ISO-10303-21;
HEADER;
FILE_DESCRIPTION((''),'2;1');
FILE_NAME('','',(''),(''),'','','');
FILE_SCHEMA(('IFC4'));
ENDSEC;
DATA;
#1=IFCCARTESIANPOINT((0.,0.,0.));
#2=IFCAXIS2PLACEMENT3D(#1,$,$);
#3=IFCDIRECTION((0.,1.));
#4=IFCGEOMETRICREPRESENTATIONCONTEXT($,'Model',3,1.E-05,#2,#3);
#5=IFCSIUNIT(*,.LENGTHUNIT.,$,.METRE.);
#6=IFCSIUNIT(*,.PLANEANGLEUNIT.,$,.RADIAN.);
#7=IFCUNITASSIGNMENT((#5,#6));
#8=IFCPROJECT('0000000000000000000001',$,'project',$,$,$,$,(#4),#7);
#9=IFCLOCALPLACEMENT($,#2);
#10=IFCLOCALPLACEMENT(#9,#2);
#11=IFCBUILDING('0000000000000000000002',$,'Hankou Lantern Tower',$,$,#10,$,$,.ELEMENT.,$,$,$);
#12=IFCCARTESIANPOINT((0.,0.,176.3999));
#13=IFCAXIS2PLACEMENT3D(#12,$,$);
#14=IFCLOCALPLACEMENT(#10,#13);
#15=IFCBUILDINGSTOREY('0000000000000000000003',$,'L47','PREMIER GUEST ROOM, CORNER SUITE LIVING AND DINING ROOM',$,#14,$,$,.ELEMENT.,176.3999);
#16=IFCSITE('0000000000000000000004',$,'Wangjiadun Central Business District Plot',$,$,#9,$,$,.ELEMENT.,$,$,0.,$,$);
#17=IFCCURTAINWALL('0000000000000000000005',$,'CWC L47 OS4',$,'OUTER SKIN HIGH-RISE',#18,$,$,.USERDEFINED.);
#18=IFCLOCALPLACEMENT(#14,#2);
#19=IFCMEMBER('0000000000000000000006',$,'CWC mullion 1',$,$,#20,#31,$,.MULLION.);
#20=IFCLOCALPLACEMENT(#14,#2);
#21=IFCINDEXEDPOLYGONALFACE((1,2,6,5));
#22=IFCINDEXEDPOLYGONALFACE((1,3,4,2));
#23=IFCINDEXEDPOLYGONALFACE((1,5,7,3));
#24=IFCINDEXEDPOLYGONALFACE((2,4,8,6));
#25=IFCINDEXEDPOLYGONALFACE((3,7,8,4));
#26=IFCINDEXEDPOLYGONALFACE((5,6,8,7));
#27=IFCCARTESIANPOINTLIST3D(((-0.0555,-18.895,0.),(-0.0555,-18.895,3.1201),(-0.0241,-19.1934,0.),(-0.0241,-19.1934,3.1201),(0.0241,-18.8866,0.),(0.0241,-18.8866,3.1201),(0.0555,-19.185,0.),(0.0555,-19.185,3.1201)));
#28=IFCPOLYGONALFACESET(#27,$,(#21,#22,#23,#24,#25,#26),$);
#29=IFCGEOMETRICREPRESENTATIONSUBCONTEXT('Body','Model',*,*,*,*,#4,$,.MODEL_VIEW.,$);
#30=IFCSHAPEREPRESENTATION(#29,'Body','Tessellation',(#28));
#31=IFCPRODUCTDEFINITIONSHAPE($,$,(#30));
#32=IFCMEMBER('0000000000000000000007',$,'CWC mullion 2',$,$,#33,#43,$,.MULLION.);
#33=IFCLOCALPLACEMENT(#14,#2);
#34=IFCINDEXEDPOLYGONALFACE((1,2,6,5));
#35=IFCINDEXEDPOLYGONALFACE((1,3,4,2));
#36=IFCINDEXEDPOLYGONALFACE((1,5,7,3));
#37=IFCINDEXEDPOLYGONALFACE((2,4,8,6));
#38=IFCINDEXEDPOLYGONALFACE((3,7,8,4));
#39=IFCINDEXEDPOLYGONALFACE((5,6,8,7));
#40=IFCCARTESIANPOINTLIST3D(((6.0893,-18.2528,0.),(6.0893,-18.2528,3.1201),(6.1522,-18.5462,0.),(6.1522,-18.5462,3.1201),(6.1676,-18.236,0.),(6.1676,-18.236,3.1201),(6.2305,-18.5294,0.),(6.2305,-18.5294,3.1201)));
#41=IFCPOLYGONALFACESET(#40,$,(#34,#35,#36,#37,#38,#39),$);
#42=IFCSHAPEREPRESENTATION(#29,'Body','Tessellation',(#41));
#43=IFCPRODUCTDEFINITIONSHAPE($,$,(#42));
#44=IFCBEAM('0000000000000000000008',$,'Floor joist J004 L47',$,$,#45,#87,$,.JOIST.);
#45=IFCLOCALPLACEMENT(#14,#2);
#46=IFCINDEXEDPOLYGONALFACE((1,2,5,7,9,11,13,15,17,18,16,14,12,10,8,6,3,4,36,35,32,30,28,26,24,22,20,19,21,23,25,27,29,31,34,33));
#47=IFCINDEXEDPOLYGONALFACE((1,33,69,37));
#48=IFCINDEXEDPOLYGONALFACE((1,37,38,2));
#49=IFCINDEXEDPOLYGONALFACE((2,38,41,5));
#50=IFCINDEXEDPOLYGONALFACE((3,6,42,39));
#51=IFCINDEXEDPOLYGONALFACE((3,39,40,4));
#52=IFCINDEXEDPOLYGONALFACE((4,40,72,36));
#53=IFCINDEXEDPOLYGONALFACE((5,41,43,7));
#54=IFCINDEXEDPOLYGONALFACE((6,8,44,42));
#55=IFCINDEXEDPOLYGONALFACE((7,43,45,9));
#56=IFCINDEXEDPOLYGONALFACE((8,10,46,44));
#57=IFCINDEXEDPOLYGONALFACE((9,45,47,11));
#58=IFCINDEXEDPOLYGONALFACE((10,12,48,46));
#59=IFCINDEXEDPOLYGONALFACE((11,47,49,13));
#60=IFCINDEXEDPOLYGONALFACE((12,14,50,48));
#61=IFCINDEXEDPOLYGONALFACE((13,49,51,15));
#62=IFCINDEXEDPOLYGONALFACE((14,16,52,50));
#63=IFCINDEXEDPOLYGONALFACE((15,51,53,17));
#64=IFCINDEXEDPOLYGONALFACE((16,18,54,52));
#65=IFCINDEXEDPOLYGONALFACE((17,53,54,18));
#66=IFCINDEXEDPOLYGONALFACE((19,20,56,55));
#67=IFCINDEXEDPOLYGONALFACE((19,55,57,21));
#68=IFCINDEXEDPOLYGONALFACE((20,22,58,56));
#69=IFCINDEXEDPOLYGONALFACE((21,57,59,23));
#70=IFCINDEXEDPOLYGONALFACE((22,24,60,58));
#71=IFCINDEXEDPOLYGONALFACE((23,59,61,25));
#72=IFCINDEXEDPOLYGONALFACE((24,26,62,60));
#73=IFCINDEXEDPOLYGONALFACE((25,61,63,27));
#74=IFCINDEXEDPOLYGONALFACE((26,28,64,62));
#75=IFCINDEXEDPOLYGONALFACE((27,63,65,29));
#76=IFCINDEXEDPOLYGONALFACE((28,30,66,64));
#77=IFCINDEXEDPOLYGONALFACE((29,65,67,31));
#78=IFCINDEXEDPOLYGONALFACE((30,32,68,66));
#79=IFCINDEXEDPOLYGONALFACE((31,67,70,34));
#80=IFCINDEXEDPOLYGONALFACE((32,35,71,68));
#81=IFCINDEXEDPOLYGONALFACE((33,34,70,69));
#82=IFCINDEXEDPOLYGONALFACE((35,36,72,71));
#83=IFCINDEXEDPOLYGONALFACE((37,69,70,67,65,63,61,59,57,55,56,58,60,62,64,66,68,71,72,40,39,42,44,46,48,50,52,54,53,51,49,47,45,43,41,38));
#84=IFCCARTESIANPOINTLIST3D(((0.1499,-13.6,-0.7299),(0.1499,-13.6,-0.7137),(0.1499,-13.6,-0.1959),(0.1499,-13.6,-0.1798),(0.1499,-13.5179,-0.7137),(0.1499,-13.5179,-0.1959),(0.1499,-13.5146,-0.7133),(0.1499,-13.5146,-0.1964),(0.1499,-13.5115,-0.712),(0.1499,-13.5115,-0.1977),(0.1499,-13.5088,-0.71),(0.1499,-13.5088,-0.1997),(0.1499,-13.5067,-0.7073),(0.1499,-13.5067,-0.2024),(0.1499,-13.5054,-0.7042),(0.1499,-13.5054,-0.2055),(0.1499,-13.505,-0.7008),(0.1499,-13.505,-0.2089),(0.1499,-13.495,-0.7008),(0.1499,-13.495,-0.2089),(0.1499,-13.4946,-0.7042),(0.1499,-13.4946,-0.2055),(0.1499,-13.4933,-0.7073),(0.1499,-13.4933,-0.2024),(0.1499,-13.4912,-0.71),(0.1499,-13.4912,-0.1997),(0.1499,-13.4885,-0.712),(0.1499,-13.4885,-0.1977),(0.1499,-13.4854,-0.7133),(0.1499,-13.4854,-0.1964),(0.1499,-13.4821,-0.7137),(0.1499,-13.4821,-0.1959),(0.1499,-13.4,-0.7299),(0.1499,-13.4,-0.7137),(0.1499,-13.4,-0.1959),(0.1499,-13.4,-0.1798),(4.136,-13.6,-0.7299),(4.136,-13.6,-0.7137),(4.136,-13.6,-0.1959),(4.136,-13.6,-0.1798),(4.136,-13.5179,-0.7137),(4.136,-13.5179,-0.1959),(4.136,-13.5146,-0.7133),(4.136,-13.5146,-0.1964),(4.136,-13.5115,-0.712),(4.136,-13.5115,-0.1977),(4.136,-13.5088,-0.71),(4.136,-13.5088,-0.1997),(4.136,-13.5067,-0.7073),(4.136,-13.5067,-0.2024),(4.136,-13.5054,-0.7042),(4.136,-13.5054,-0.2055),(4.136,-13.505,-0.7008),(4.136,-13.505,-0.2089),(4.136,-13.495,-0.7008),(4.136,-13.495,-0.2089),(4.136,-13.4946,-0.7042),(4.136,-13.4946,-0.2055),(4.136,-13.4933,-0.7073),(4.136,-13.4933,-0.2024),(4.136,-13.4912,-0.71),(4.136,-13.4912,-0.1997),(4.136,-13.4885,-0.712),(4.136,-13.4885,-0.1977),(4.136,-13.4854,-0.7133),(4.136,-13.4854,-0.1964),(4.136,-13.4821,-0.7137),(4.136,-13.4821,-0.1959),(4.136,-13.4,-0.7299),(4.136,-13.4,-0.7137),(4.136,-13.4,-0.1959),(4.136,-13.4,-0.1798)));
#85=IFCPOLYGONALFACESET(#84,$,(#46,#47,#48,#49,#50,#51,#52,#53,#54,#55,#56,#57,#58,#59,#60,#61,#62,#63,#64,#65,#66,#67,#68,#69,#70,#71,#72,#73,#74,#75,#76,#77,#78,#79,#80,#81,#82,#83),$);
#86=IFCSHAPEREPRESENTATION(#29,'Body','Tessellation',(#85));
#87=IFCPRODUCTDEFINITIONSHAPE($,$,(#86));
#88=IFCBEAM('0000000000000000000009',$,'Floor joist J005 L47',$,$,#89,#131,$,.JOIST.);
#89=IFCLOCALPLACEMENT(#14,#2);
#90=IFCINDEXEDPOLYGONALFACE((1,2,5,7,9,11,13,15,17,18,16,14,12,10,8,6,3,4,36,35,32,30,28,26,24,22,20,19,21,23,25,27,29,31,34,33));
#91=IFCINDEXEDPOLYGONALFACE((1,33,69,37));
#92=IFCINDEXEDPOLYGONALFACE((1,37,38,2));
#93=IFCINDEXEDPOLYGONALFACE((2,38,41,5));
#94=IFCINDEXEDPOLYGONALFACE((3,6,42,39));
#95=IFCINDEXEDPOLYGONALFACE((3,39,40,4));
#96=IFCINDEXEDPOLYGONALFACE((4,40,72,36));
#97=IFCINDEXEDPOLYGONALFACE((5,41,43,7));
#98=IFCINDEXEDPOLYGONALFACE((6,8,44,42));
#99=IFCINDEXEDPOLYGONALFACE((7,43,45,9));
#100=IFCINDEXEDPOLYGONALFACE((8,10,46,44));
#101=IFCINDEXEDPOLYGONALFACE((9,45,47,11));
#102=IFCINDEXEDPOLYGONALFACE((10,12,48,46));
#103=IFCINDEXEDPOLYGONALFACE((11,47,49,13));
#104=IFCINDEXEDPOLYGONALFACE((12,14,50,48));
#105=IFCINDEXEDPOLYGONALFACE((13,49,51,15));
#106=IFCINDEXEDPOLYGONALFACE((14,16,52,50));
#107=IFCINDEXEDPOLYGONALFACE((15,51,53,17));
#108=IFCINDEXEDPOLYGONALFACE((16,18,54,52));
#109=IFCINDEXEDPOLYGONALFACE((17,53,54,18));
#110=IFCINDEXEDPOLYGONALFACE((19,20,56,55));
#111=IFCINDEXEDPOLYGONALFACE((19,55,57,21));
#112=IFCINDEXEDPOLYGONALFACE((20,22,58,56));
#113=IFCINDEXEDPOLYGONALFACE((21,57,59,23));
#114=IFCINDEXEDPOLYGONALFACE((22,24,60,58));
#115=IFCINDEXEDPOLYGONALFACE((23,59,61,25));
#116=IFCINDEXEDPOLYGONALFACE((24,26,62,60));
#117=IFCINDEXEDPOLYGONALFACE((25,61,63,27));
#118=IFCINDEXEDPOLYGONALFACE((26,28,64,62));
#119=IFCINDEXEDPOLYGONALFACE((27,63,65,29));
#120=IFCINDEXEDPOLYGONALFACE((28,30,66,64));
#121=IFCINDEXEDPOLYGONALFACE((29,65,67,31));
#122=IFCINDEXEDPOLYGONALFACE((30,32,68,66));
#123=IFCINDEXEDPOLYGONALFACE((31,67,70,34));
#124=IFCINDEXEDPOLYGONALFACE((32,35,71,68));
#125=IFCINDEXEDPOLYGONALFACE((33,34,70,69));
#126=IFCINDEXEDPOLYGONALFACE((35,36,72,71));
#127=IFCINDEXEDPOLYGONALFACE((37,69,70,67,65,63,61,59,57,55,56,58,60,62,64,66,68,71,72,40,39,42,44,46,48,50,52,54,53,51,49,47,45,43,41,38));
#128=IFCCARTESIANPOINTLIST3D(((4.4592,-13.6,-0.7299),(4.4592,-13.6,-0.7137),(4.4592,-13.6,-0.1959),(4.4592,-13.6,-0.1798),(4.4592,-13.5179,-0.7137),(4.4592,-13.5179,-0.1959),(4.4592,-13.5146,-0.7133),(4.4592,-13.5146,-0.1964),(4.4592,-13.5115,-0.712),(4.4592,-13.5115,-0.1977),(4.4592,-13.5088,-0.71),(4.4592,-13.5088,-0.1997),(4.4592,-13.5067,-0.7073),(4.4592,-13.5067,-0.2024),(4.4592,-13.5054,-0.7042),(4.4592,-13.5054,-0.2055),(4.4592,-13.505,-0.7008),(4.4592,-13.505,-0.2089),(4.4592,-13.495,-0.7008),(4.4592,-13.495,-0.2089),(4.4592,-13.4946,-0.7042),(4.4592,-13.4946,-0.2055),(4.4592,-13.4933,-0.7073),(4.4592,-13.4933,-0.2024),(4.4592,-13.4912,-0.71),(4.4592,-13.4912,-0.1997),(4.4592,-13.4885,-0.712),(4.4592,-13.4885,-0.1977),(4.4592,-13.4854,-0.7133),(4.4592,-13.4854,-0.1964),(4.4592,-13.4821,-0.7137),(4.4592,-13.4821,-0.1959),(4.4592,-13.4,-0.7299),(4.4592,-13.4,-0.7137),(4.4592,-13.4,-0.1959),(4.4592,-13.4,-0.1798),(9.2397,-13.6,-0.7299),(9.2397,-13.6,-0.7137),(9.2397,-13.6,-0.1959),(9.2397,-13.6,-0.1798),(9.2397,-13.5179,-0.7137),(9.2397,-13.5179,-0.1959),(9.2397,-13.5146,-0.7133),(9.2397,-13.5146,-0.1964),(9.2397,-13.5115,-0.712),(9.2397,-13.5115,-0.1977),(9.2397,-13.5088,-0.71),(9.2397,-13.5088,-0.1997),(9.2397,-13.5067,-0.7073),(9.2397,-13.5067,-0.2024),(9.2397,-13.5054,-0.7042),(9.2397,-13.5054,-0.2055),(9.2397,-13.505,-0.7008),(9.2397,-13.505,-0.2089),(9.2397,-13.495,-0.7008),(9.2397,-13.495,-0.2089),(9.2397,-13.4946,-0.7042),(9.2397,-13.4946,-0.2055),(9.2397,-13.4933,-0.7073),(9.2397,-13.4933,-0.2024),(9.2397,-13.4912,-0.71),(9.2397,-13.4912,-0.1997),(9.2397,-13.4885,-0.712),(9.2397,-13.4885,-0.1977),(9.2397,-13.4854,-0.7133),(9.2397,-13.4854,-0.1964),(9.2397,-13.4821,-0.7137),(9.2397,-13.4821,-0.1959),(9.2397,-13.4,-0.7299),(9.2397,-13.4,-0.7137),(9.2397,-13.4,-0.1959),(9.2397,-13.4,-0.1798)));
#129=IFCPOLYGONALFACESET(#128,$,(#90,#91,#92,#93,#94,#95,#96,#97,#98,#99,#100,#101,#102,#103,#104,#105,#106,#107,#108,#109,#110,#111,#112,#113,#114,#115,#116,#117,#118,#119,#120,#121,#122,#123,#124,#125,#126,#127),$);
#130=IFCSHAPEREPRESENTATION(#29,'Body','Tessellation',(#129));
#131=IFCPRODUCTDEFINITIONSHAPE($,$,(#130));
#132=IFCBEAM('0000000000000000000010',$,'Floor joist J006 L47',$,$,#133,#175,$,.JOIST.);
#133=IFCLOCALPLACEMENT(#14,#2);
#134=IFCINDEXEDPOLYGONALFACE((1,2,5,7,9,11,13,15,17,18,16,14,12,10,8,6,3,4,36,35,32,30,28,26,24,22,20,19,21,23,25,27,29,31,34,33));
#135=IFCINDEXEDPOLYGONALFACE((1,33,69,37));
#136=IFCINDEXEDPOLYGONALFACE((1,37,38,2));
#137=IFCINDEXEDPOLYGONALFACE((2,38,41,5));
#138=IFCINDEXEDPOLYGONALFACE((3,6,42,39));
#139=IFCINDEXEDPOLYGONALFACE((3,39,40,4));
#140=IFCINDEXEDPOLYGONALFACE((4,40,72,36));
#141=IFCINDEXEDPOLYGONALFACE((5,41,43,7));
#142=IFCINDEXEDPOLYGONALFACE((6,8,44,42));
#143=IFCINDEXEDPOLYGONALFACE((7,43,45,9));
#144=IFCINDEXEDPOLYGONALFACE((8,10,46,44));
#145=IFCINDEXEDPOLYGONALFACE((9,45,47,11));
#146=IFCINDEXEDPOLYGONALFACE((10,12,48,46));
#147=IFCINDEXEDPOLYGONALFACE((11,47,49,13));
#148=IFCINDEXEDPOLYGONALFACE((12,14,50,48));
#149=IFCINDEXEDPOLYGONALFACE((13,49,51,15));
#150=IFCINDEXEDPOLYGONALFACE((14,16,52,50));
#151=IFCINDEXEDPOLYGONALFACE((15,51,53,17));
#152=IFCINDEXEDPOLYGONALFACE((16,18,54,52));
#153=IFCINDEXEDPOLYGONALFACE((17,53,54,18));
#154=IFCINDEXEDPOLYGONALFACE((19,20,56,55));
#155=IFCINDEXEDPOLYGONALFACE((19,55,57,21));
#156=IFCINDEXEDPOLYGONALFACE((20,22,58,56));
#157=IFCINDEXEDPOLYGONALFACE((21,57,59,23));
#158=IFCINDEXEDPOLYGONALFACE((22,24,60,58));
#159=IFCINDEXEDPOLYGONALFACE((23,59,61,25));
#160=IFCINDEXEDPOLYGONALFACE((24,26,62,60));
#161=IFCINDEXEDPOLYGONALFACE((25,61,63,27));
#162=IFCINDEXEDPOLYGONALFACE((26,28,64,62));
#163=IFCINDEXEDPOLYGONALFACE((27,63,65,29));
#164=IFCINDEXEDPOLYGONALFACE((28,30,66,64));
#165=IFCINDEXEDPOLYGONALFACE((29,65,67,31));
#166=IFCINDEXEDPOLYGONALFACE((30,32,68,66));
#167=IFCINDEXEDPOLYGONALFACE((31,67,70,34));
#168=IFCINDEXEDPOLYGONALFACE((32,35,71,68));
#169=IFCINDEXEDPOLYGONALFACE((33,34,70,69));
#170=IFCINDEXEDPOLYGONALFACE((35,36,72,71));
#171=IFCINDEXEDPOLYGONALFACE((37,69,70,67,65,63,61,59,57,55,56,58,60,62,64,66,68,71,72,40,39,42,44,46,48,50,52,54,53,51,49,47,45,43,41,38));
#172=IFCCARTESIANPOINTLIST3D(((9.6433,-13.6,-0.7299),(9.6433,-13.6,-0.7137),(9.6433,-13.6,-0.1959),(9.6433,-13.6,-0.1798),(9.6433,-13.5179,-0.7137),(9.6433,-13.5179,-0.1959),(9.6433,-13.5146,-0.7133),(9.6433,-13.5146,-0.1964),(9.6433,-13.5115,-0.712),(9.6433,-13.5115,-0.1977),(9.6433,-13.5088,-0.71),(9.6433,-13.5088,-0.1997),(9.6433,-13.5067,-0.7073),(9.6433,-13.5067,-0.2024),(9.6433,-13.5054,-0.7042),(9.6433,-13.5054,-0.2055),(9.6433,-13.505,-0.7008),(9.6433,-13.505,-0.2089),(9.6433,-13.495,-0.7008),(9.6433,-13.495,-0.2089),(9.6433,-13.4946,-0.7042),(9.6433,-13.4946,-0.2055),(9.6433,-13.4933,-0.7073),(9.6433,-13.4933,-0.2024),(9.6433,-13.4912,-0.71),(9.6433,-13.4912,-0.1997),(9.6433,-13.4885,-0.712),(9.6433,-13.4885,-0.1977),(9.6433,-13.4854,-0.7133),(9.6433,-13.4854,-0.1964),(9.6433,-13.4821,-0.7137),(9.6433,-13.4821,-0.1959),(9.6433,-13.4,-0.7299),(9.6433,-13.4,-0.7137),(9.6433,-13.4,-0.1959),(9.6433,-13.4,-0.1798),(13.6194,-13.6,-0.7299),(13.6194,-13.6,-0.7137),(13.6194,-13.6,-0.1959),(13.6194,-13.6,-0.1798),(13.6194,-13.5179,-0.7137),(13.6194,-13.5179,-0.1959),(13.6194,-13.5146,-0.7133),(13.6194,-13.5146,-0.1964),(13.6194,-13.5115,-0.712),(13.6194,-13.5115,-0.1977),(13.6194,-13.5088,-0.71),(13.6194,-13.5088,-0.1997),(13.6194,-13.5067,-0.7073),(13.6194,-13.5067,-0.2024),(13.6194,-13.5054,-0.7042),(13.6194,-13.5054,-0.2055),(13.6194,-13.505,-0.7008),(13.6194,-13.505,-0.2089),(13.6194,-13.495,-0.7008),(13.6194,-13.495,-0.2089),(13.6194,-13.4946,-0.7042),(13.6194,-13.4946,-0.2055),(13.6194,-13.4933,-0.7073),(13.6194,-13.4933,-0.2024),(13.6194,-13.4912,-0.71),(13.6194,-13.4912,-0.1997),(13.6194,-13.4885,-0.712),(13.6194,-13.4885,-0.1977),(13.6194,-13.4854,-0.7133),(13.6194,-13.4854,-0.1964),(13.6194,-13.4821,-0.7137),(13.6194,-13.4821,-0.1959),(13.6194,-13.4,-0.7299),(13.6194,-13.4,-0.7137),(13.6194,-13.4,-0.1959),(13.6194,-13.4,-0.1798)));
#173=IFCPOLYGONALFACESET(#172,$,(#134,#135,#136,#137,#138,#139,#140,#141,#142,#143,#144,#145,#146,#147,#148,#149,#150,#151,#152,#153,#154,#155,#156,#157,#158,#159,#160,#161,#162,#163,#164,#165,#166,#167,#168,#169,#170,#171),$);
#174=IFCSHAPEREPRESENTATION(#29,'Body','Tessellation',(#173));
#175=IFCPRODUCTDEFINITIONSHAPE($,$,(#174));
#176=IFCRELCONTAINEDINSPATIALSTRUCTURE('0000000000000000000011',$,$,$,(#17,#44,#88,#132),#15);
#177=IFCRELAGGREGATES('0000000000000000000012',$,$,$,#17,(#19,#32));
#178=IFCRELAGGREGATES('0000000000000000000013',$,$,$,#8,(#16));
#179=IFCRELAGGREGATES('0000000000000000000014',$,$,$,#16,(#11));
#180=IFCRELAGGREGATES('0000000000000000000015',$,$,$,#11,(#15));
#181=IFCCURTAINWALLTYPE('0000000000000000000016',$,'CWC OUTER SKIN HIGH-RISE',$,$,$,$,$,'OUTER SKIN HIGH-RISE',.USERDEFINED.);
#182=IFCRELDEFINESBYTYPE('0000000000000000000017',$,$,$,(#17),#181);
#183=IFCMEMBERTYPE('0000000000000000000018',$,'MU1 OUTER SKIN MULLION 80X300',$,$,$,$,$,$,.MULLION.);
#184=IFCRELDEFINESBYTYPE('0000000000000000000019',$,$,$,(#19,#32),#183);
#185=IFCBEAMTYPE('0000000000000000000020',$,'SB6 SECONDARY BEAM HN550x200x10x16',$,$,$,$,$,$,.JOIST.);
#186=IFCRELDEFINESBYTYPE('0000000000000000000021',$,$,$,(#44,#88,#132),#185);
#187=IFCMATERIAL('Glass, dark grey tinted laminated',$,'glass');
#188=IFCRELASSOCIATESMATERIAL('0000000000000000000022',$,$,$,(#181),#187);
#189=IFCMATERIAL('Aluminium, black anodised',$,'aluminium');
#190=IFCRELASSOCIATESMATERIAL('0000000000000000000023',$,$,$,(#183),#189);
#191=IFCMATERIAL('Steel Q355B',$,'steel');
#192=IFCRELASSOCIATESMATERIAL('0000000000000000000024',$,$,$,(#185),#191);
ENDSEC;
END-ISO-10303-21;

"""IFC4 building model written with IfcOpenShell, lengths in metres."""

from ifc_helpers import new_model, si_unit, direction, frame, origin, origin_2d, place, context, subcontext, project, spatial, rectangle, i_section, extrude, material, material_profile, profile_set, type_object, element, aggregate, save


model = new_model("IFC4")

# Units and contexts
model_context = context("Model", 3, precision=1e-05, world=origin(), true_north=direction((0.0, 1.0)))
body_context = subcontext(model_context, "Body", "Model", "MODEL_VIEW")
ifc_project = project(units=[si_unit("LENGTHUNIT", "METRE"), si_unit("PLANEANGLEUNIT", "RADIAN")], contexts=[model_context])

# Site, building, storey
site_placement = place(None, origin())
site = spatial("IfcSite", under=ifc_project, at=site_placement, Name="Wangjiadun Central Business District Plot", CompositionType="ELEMENT", RefElevation=0.0)
building_placement = place(site_placement, origin())
building = spatial("IfcBuilding", under=site, at=building_placement, Name="Hankou Lantern Tower", CompositionType="ELEMENT")
storey_placement = place(building_placement, frame((0.0, 0.0, 176.3999)))
storey = spatial("IfcBuildingStorey", under=building, at=storey_placement, Name="L47", Description="PREMIER GUEST ROOM, CORNER SUITE LIVING AND DINING ROOM", CompositionType="ELEMENT", Elevation=176.3999)

# Curtain wall, members
ifc_material_1 = material(Name="Glass, dark grey tinted laminated", Category="glass")
curtain_wall_type = type_object("IfcCurtainWallType", Name="CWC OUTER SKIN HIGH-RISE", ElementType="OUTER SKIN HIGH-RISE", PredefinedType="USERDEFINED", material=ifc_material_1)
curtain_wall_placement = place(storey_placement, origin())
curtain_wall = element("IfcCurtainWall", 1, at=curtain_wall_placement, inside=storey, type_object=curtain_wall_type, Name="CWC L47 OS4", ObjectType="OUTER SKIN HIGH-RISE", PredefinedType="USERDEFINED")
ifc_material_2 = material(Name="Aluminium, black anodised", Category="aluminium")
ifc_material_profile_1 = material_profile(ifc_material_2, rectangle(XDim=0.0801, YDim=0.3, at=origin_2d()), Name="MU1 80X300")
ifc_profile_set_1 = profile_set([ifc_material_profile_1], Name="Aluminium, black anodised")
member_type_1 = type_object("IfcMemberType", Name="MU1 OUTER SKIN MULLION 80X300", PredefinedType="MULLION", material=ifc_profile_set_1)
member_1_placement = place(storey_placement, frame((0.0, -19.04, 0.0), z_axis=(0.0, 0.0, 1.0), x_axis=(0.994499, 0.104743, 0.0)))
member_1 = element("IfcMember", 2, at=member_1_placement, type_object=member_type_1, Name="CWC mullion 1", PredefinedType="MULLION", context=body_context, shape_type="SweptSolid", body=[
    extrude(rectangle(XDim=0.0801, YDim=0.3, at=origin_2d()), origin(), (0.0, 0.0, 1.0), 3.1201),
])
member_2_placement = place(storey_placement, frame((6.1599, -18.3911, 0.0), z_axis=(0.0, 0.0, 1.0), x_axis=(0.977788, 0.209598, 0.0)))
member_2 = element("IfcMember", 3, at=member_2_placement, type_object=member_type_1, Name="CWC mullion 2", PredefinedType="MULLION", context=body_context, shape_type="SweptSolid", body=[
    extrude(rectangle(XDim=0.0801, YDim=0.3, at=origin_2d()), origin(), (0.0, 0.0, 1.0), 3.1201),
])

# Beams
ifc_material_3 = material(Name="Steel Q355B", Category="steel")
ifc_material_profile_2 = material_profile(ifc_material_3, i_section(OverallWidth=0.2, OverallDepth=0.55, WebThickness=0.01, FlangeThickness=0.0161, FilletRadius=0.0129, at=origin_2d()), Name="HN550x200x10x16")
ifc_profile_set_2 = profile_set([ifc_material_profile_2], Name="Steel Q355B")
beam_type_1 = type_object("IfcBeamType", Name="SB6 SECONDARY BEAM HN550x200x10x16", PredefinedType="JOIST", material=ifc_profile_set_2)
beam_1_placement = place(storey_placement, frame((0.1499, -13.5, -0.4548), z_axis=(1.0, 0.0, 0.0), x_axis=(0.0, 1.0, 0.0)))
element("IfcBeam", 4, at=beam_1_placement, inside=storey, type_object=beam_type_1, Name="Floor joist J004 L47", PredefinedType="JOIST", context=body_context, shape_type="SweptSolid", body=[
    extrude(i_section(OverallWidth=0.2, OverallDepth=0.55, WebThickness=0.01, FlangeThickness=0.0161, FilletRadius=0.0129, at=origin_2d()), origin(), (0.0, 0.0, 1.0), 3.9861),
])
beam_2_placement = place(storey_placement, frame((4.4592, -13.5, -0.4548), z_axis=(1.0, 0.0, 0.0), x_axis=(0.0, 1.0, 0.0)))
element("IfcBeam", 5, at=beam_2_placement, inside=storey, type_object=beam_type_1, Name="Floor joist J005 L47", PredefinedType="JOIST", context=body_context, shape_type="SweptSolid", body=[
    extrude(i_section(OverallWidth=0.2, OverallDepth=0.55, WebThickness=0.01, FlangeThickness=0.0161, FilletRadius=0.0129, at=origin_2d()), origin(), (0.0, 0.0, 1.0), 4.7805),
])
beam_3_placement = place(storey_placement, frame((9.6433, -13.5, -0.4548), z_axis=(1.0, 0.0, 0.0), x_axis=(0.0, 1.0, 0.0)))
element("IfcBeam", 6, at=beam_3_placement, inside=storey, type_object=beam_type_1, Name="Floor joist J006 L47", PredefinedType="JOIST", context=body_context, shape_type="SweptSolid", body=[
    extrude(i_section(OverallWidth=0.2, OverallDepth=0.55, WebThickness=0.01, FlangeThickness=0.0161, FilletRadius=0.0129, at=origin_2d()), origin(), (0.0, 0.0, 1.0), 3.9761),
])

aggregate(curtain_wall, [member_1, member_2])

save(model, "model.ifc")
